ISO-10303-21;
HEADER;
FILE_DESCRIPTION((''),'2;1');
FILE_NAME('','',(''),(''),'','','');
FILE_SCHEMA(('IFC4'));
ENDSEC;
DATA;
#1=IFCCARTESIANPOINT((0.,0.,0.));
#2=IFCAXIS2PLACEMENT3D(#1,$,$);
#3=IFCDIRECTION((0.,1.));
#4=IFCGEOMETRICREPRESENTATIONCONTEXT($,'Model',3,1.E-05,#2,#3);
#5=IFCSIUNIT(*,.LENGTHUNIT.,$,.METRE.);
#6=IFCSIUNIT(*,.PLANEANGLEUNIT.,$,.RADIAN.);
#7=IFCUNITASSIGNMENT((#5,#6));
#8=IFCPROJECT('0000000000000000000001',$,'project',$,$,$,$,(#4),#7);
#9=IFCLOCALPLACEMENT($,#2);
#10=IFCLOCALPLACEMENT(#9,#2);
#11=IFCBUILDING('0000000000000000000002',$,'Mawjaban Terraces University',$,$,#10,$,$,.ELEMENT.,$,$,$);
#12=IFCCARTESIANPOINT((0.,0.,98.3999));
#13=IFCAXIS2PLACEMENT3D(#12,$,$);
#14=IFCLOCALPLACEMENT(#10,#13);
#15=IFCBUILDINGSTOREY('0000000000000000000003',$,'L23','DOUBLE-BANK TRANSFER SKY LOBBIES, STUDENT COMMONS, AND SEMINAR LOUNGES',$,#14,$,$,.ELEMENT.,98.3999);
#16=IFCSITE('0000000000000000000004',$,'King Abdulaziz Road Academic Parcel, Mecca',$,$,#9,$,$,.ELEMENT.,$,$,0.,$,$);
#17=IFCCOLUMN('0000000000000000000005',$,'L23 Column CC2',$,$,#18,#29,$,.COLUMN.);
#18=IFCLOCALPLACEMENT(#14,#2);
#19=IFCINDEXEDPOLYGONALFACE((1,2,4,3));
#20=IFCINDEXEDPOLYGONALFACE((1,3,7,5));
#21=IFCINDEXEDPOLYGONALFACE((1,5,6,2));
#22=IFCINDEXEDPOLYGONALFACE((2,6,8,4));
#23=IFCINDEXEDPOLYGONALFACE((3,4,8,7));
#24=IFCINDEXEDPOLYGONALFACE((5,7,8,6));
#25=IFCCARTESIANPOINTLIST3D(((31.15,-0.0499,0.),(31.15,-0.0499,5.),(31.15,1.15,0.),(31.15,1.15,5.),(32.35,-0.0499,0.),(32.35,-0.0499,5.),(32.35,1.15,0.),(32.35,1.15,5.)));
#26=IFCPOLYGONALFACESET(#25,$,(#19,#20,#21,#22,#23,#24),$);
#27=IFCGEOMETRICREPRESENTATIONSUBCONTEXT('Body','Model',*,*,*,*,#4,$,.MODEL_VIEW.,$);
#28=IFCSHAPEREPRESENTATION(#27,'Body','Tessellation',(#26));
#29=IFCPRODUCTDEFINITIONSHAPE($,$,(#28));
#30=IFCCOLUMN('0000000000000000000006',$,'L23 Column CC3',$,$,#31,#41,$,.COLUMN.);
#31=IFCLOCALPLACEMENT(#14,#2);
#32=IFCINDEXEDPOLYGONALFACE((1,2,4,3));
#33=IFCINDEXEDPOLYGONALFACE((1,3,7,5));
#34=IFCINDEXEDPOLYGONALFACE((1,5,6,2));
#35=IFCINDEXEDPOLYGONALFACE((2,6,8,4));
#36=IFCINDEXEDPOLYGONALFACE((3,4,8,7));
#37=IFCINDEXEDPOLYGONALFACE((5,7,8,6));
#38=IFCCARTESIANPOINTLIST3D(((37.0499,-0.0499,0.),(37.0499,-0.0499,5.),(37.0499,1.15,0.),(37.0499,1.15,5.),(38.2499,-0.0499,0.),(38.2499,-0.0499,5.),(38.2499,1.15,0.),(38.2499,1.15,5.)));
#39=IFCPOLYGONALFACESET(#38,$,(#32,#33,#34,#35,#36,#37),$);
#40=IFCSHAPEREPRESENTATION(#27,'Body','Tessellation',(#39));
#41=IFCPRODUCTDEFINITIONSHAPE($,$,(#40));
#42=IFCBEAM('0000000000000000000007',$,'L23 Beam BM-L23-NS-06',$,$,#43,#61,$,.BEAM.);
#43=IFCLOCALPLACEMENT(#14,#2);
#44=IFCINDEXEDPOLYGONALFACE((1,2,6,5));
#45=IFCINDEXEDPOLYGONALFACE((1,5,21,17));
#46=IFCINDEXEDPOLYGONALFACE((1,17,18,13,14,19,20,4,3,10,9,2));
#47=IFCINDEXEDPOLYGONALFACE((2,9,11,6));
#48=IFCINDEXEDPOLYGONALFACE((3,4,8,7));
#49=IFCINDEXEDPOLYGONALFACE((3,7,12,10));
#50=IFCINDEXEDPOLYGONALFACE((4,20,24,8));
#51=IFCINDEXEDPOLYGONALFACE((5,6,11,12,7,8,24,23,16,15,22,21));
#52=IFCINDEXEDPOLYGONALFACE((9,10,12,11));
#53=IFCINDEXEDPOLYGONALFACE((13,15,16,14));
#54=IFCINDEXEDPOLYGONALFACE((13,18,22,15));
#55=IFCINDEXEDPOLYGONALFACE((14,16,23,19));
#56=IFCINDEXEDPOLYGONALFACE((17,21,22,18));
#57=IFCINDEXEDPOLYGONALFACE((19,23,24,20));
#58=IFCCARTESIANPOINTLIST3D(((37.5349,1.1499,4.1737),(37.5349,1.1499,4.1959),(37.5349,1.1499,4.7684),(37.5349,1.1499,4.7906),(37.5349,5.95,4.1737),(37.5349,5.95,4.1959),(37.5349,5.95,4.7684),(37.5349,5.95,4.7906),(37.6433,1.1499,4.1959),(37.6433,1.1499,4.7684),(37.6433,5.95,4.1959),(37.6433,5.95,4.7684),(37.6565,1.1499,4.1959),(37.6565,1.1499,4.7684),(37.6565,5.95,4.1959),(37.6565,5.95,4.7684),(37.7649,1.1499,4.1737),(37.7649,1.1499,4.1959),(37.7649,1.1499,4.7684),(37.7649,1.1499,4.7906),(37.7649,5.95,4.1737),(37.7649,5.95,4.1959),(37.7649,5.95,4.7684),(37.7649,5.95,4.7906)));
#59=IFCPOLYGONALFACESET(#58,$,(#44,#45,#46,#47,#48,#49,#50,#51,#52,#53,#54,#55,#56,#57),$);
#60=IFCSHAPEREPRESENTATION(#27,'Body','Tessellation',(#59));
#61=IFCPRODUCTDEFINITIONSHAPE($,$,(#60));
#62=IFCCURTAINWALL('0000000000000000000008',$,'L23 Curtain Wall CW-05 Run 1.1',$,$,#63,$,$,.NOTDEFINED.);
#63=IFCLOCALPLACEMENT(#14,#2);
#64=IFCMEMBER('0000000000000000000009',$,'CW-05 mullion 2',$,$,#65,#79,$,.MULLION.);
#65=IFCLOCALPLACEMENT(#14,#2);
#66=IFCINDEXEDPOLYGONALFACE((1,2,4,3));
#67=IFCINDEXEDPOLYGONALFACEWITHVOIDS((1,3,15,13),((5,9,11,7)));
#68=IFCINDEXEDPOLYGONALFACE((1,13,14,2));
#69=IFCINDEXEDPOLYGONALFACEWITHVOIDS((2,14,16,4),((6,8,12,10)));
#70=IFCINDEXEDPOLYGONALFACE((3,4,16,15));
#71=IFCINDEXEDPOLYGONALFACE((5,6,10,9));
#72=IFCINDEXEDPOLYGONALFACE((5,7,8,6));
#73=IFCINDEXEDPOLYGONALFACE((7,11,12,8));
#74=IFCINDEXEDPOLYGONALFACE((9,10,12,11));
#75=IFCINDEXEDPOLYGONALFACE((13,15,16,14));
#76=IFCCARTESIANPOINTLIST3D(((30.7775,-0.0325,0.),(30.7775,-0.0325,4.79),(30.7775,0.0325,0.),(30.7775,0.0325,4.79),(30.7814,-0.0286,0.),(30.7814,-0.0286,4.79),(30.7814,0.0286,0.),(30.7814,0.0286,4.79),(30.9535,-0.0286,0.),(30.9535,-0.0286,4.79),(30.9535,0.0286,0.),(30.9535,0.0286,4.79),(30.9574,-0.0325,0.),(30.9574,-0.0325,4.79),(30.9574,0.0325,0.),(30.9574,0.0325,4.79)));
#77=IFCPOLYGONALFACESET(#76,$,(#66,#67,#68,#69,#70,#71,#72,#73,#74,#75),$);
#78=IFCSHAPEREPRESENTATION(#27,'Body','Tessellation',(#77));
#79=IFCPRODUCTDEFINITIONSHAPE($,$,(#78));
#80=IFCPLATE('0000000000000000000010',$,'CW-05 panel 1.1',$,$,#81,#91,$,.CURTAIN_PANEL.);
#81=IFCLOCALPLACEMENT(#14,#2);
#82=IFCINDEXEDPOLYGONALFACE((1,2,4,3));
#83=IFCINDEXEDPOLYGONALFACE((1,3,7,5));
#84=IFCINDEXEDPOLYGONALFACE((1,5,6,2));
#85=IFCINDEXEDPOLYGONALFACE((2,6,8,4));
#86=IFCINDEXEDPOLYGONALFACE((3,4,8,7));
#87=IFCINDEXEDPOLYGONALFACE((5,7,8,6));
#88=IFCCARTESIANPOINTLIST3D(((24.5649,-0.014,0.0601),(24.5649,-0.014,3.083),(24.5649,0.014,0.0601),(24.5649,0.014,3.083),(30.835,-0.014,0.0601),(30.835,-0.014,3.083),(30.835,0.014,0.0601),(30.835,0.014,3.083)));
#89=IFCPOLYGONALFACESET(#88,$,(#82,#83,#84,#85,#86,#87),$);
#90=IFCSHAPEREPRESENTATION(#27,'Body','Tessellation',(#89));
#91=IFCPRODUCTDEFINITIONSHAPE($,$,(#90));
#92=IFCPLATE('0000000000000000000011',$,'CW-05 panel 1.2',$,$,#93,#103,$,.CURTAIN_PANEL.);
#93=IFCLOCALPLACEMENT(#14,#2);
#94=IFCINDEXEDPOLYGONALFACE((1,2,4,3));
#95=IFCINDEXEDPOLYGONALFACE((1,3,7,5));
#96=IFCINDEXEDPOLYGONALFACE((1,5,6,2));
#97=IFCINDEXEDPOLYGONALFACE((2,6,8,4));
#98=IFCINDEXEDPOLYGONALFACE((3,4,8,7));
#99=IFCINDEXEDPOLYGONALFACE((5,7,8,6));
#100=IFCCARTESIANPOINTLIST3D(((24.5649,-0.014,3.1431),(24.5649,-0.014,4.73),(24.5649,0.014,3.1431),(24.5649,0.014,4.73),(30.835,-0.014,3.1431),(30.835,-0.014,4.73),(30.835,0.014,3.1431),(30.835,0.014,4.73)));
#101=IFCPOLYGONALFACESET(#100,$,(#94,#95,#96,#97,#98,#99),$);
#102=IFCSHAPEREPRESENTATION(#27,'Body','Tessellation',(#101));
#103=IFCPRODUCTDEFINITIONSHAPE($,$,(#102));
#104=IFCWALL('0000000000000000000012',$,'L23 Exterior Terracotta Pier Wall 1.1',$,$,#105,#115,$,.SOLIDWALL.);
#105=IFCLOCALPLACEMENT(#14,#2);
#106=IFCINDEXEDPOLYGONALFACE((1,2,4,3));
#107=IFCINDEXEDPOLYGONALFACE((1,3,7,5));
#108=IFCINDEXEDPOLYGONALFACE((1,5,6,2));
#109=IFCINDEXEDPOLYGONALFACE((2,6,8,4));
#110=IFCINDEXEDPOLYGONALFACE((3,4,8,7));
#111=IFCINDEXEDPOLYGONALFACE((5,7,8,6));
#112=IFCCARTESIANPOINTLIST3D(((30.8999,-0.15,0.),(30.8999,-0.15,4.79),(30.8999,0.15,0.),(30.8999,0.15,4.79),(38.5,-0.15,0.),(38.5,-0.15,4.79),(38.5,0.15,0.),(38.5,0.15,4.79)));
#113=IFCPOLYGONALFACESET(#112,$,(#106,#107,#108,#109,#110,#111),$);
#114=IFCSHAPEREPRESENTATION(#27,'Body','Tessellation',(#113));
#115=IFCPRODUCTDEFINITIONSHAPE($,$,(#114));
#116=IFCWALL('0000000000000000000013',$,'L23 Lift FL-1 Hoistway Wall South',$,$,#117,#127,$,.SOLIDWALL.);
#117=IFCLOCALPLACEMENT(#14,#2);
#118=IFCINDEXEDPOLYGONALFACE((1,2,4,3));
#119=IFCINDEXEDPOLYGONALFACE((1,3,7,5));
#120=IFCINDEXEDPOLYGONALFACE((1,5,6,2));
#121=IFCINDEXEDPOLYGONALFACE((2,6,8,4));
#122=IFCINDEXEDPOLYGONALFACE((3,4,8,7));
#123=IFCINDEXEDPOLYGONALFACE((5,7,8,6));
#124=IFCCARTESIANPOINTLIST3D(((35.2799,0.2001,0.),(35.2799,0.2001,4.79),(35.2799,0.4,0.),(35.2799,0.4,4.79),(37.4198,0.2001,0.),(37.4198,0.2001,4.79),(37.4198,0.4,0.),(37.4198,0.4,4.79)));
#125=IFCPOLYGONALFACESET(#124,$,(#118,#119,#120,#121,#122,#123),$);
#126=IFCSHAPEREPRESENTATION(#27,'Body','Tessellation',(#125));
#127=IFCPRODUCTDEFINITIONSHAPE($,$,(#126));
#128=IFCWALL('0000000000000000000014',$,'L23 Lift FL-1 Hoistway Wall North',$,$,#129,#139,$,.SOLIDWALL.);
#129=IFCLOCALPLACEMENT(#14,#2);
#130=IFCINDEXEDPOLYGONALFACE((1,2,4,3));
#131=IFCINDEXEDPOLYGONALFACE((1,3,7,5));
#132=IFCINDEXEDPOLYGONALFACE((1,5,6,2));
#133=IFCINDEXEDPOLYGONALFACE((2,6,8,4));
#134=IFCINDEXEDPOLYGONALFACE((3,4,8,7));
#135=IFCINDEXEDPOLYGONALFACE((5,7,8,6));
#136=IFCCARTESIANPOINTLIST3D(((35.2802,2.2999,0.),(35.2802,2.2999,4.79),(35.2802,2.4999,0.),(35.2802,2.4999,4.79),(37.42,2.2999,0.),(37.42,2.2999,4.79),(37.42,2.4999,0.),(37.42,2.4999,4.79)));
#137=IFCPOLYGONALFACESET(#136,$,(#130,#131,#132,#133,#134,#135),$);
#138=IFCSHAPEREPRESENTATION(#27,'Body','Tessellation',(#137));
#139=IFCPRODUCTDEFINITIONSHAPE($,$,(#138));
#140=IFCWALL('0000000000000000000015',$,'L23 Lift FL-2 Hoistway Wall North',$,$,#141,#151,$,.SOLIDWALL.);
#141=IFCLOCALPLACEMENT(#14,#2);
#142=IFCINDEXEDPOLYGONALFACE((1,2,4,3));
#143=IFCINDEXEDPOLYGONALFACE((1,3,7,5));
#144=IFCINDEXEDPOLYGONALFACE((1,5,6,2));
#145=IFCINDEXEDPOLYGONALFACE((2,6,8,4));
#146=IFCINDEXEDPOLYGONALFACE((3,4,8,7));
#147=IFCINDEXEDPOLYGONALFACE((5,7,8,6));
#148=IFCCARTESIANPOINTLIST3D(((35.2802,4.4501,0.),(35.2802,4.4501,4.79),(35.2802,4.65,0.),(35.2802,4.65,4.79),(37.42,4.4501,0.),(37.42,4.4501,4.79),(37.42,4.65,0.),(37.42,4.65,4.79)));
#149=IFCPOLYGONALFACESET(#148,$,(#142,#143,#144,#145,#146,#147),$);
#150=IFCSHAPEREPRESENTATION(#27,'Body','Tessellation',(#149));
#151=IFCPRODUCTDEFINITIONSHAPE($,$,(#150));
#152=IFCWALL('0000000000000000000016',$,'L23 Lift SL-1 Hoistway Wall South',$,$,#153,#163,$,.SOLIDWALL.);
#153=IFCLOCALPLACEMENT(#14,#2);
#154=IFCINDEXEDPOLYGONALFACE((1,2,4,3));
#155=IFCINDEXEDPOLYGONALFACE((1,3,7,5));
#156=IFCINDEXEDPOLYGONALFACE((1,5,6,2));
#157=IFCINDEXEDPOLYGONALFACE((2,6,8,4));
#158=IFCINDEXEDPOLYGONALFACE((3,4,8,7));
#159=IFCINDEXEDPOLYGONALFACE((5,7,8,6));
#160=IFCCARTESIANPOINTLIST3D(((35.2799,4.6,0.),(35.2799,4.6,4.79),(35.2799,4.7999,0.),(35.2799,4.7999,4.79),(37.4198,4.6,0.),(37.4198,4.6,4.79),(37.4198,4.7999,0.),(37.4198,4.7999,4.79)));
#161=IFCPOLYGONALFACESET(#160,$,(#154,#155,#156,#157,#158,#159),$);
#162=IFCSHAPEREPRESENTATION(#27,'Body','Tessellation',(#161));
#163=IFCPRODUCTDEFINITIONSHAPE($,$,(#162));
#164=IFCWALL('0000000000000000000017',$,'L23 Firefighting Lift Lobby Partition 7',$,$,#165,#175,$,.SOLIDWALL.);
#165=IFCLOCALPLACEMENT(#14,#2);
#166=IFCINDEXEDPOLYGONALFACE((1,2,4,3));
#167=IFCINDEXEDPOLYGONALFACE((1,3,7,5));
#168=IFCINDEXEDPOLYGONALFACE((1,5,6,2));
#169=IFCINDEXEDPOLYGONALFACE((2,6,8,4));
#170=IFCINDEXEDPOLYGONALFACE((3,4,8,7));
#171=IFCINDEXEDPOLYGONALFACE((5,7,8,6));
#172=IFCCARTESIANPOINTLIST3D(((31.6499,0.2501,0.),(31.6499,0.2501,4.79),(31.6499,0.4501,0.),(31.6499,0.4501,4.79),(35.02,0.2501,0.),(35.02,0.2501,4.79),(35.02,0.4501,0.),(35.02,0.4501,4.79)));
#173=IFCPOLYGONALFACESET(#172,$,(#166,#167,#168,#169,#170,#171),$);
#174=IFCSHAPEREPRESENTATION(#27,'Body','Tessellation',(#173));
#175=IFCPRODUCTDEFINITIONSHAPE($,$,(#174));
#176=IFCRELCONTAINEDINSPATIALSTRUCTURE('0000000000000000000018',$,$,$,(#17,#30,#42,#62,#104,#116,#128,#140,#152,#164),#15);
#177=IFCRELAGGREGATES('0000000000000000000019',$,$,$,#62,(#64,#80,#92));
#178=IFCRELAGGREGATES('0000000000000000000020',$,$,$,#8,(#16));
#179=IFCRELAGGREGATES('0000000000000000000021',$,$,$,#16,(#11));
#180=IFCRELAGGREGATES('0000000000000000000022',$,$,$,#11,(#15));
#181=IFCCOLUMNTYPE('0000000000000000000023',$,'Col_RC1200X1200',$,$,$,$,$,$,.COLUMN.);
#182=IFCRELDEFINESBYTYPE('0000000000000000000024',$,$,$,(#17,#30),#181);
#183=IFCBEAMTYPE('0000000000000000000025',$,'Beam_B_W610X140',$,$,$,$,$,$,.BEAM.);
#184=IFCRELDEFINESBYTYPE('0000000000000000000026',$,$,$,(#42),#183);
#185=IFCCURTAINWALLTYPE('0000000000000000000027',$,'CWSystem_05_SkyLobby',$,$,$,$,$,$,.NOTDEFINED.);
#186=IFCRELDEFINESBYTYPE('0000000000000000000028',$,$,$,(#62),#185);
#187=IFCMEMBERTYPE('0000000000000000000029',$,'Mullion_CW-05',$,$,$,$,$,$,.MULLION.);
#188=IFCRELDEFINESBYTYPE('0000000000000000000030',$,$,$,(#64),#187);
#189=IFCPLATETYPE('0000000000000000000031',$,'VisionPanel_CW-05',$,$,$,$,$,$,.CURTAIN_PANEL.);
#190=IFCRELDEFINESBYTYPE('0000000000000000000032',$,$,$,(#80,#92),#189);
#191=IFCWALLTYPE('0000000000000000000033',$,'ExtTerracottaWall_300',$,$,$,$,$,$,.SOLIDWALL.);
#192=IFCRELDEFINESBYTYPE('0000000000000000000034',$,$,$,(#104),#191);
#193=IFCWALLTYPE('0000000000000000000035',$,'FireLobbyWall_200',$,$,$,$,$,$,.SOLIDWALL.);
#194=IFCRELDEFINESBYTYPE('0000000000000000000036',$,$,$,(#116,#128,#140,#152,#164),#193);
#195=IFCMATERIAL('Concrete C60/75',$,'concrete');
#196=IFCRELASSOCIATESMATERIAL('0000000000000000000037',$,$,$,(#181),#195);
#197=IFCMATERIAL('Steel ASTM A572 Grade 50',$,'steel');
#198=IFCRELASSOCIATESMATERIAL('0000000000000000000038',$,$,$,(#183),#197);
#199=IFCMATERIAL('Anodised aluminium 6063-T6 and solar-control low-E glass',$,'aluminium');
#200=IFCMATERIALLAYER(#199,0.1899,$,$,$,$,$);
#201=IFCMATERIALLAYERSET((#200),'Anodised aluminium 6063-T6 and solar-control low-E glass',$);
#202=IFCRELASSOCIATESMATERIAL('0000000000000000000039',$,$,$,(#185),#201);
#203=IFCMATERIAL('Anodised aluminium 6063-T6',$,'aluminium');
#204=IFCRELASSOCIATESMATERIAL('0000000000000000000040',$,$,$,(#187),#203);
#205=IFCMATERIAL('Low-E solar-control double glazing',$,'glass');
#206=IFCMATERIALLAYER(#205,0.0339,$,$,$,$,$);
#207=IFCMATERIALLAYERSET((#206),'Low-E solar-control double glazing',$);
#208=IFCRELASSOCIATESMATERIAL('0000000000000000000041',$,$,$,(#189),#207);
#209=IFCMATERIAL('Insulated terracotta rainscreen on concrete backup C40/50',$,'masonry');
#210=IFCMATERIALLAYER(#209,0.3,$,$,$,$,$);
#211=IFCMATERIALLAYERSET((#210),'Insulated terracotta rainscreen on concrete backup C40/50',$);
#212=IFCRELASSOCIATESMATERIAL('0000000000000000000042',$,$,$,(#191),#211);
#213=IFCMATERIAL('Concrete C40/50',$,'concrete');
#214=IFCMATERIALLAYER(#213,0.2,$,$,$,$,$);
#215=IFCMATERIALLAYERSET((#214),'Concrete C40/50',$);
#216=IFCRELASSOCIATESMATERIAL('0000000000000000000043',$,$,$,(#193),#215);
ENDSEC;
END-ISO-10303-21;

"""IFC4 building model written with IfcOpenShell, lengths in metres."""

from ifc_helpers import new_model, si_unit, direction, frame, frame_2d, origin, origin_2d, place, context, subcontext, project, spatial, rectangle, hollow_rectangle, i_section, extrude, material, layer, layer_set, material_profile, profile_set, type_object, element, aggregate, save


model = new_model("IFC4")

# Units and contexts
model_context = context("Model", 3, precision=1e-05, world=origin(), true_north=direction((0.0, 1.0)))
body_context = subcontext(model_context, "Body", "Model", "MODEL_VIEW")
ifc_project = project(units=[si_unit("LENGTHUNIT", "METRE"), si_unit("PLANEANGLEUNIT", "RADIAN")], contexts=[model_context])

# Site, building, storey
site_placement = place(None, origin())
site = spatial("IfcSite", under=ifc_project, at=site_placement, Name="King Abdulaziz Road Academic Parcel, Mecca", CompositionType="ELEMENT", RefElevation=0.0)
building_placement = place(site_placement, origin())
building = spatial("IfcBuilding", under=site, at=building_placement, Name="Mawjaban Terraces University", CompositionType="ELEMENT")
storey_placement = place(building_placement, frame((0.0, 0.0, 98.3999)))
storey = spatial("IfcBuildingStorey", under=building, at=storey_placement, Name="L23", Description="DOUBLE-BANK TRANSFER SKY LOBBIES, STUDENT COMMONS, AND SEMINAR LOUNGES", CompositionType="ELEMENT", Elevation=98.3999)

# Columns
ifc_material_1 = material(Name="Concrete C60/75", Category="concrete")
ifc_material_profile_1 = material_profile(ifc_material_1, rectangle(XDim=1.2, YDim=1.2, at=origin_2d()), Name="RC1200X1200")
ifc_profile_set_1 = profile_set([ifc_material_profile_1], Name="Concrete C60/75")
column_type = type_object("IfcColumnType", Name="Col_RC1200X1200", PredefinedType="COLUMN", material=ifc_profile_set_1)
for number, where, z_axis, x_axis, name in (
    (1, (31.75, 0.55, 0.0), (0.0, 0.0, 1.0), (1.0, 0.0, 0.0), "L23 Column CC2"),
    (2, (37.6499, 0.55, 0.0), (0.0, 0.0, 1.0), (1.0, 0.0, 0.0), "L23 Column CC3"),
):
    element("IfcColumn", number, at=place(storey_placement, frame(where, z_axis=z_axis, x_axis=x_axis)), inside=storey, type_object=column_type, Name=name, PredefinedType="COLUMN", context=body_context, shape_type="SweptSolid", body=[
        extrude(rectangle(XDim=1.2, YDim=1.2, at=origin_2d()), origin(), (0.0, 0.0, 1.0), 5.0),
    ])

# Beam
ifc_material_2 = material(Name="Steel ASTM A572 Grade 50", Category="steel")
ifc_material_profile_2 = material_profile(ifc_material_2, i_section(OverallWidth=0.23, OverallDepth=0.6169, WebThickness=0.0132, FlangeThickness=0.0222, at=origin_2d()), Name="W610X140")
ifc_profile_set_2 = profile_set([ifc_material_profile_2], Name="Steel ASTM A572 Grade 50")
beam_type = type_object("IfcBeamType", Name="Beam_B_W610X140", PredefinedType="BEAM", material=ifc_profile_set_2)
beam_placement = place(storey_placement, frame((37.6499, 1.1499, 4.4822), z_axis=(0.0, 1.0, 0.0), x_axis=(-1.0, 0.0, 0.0)))
element("IfcBeam", 3, at=beam_placement, inside=storey, type_object=beam_type, Name="L23 Beam BM-L23-NS-06", PredefinedType="BEAM", context=body_context, shape_type="SweptSolid", body=[
    extrude(i_section(OverallWidth=0.23, OverallDepth=0.6169, WebThickness=0.0132, FlangeThickness=0.0222, at=origin_2d()), origin(), (0.0, 0.0, 1.0), 4.8),
])

# Curtain wall, member, plates
ifc_material_3 = material(Name="Anodised aluminium 6063-T6 and solar-control low-E glass", Category="aluminium")
ifc_layer_1 = layer(ifc_material_3, 0.1899)
ifc_layer_set_1 = layer_set([ifc_layer_1], Name="Anodised aluminium 6063-T6 and solar-control low-E glass")
curtain_wall_type = type_object("IfcCurtainWallType", Name="CWSystem_05_SkyLobby", PredefinedType="NOTDEFINED", material=ifc_layer_set_1)
curtain_wall_placement = place(storey_placement, origin())
curtain_wall = element("IfcCurtainWall", 4, at=curtain_wall_placement, inside=storey, type_object=curtain_wall_type, Name="L23 Curtain Wall CW-05 Run 1.1", PredefinedType="NOTDEFINED")
ifc_material_4 = material(Name="Anodised aluminium 6063-T6", Category="aluminium")
ifc_material_profile_3 = material_profile(ifc_material_4, hollow_rectangle(XDim=0.0649, YDim=0.1799, WallThickness=0.0039, at=origin_2d()), Name="ALU180X65X4")
ifc_profile_set_3 = profile_set([ifc_material_profile_3], Name="Anodised aluminium 6063-T6")
member_type = type_object("IfcMemberType", Name="Mullion_CW-05", PredefinedType="MULLION", material=ifc_profile_set_3)
member_placement = place(storey_placement, frame((30.8674, 0.0, 0.0), z_axis=(0.0, 0.0, 1.0), x_axis=(0.0, 1.0, 0.0)))
member = element("IfcMember", 5, at=member_placement, type_object=member_type, Name="CW-05 mullion 2", PredefinedType="MULLION", context=body_context, shape_type="SweptSolid", body=[
    extrude(hollow_rectangle(XDim=0.0649, YDim=0.1799, WallThickness=0.0039, at=origin_2d()), origin(), (0.0, 0.0, 1.0), 4.79),
])
ifc_material_5 = material(Name="Low-E solar-control double glazing", Category="glass")
ifc_layer_2 = layer(ifc_material_5, 0.0339)
ifc_layer_set_2 = layer_set([ifc_layer_2], Name="Low-E solar-control double glazing")
plate_type = type_object("IfcPlateType", Name="VisionPanel_CW-05", PredefinedType="CURTAIN_PANEL", material=ifc_layer_set_2)
plate_1_placement = place(storey_placement, frame((27.7, 0.0, 0.0601), z_axis=(0.0, 0.0, 1.0), x_axis=(1.0, 0.0, 0.0)))
plate_1 = element("IfcPlate", 6, at=plate_1_placement, type_object=plate_type, Name="CW-05 panel 1.1", PredefinedType="CURTAIN_PANEL", context=body_context, shape_type="SweptSolid", body=[
    extrude(rectangle(XDim=6.27, YDim=0.0281, at=origin_2d()), origin(), (0.0, 0.0, 1.0), 3.0229),
])
plate_2_placement = place(storey_placement, frame((27.7, 0.0, 3.1431), z_axis=(0.0, 0.0, 1.0), x_axis=(1.0, 0.0, 0.0)))
plate_2 = element("IfcPlate", 7, at=plate_2_placement, type_object=plate_type, Name="CW-05 panel 1.2", PredefinedType="CURTAIN_PANEL", context=body_context, shape_type="SweptSolid", body=[
    extrude(rectangle(XDim=6.27, YDim=0.0281, at=origin_2d()), origin(), (0.0, 0.0, 1.0), 1.5869),
])
aggregate(curtain_wall, [member, plate_1, plate_2])

# Wall
ifc_material_6 = material(Name="Insulated terracotta rainscreen on concrete backup C40/50", Category="masonry")
ifc_layer_3 = layer(ifc_material_6, 0.3)
ifc_layer_set_3 = layer_set([ifc_layer_3], Name="Insulated terracotta rainscreen on concrete backup C40/50")
wall_type_1 = type_object("IfcWallType", Name="ExtTerracottaWall_300", PredefinedType="SOLIDWALL", material=ifc_layer_set_3)
wall_1_placement = place(storey_placement, frame((30.8999, 0.0, 0.0), z_axis=(0.0, 0.0, 1.0), x_axis=(1.0, 0.0, 0.0)))
element("IfcWall", 8, at=wall_1_placement, inside=storey, type_object=wall_type_1, Name="L23 Exterior Terracotta Pier Wall 1.1", PredefinedType="SOLIDWALL", context=body_context, shape_type="SweptSolid", body=[
    extrude(rectangle(XDim=7.6001, YDim=0.3, at=frame_2d((3.8, 0.0))), origin(), (0.0, 0.0, 1.0), 4.79),
])

# Shared definitions
ifc_material_7 = material(Name="Concrete C40/50", Category="concrete")
ifc_layer_4 = layer(ifc_material_7, 0.2)
ifc_layer_set_4 = layer_set([ifc_layer_4], Name="Concrete C40/50")
wall_type_2 = type_object("IfcWallType", Name="FireLobbyWall_200", PredefinedType="SOLIDWALL", material=ifc_layer_set_4)

# Walls
for number, where, z_axis, x_axis, name in (
    (9, (35.28, 0.3, 0.0), (0.0, 0.0, 1.0), (1.0, 0.0, 0.0), "L23 Lift FL-1 Hoistway Wall South"),
    (10, (37.4199, 2.3999, 0.0), (0.0, 0.0, 1.0), (-1.0, 0.0, 0.0), "L23 Lift FL-1 Hoistway Wall North"),
):
    element("IfcWall", number, at=place(storey_placement, frame(where, z_axis=z_axis, x_axis=x_axis)), inside=storey, type_object=wall_type_2, Name=name, PredefinedType="SOLIDWALL", context=body_context, shape_type="SweptSolid", body=[
        extrude(rectangle(XDim=2.1399, YDim=0.2, at=frame_2d((1.0698, 0.0))), origin(), (0.0, 0.0, 1.0), 4.79),
    ])

# Walls
for number, where, z_axis, x_axis, name in (
    (11, (37.4199, 4.55, 0.0), (0.0, 0.0, 1.0), (-1.0, 0.0, 0.0), "L23 Lift FL-2 Hoistway Wall North"),
    (12, (35.28, 4.7, 0.0), (0.0, 0.0, 1.0), (1.0, 0.0, 0.0), "L23 Lift SL-1 Hoistway Wall South"),
):
    element("IfcWall", number, at=place(storey_placement, frame(where, z_axis=z_axis, x_axis=x_axis)), inside=storey, type_object=wall_type_2, Name=name, PredefinedType="SOLIDWALL", context=body_context, shape_type="SweptSolid", body=[
        extrude(rectangle(XDim=2.1399, YDim=0.2, at=frame_2d((1.0698, 0.0))), origin(), (0.0, 0.0, 1.0), 4.79),
    ])
wall_2_placement = place(storey_placement, frame((31.6499, 0.3501, 0.0), z_axis=(0.0, 0.0, 1.0), x_axis=(1.0, 0.0, 0.0)))
element("IfcWall", 13, at=wall_2_placement, inside=storey, type_object=wall_type_2, Name="L23 Firefighting Lift Lobby Partition 7", PredefinedType="SOLIDWALL", context=body_context, shape_type="SweptSolid", body=[
    extrude(rectangle(XDim=3.3701, YDim=0.2, at=frame_2d((1.6851, 0.0))), origin(), (0.0, 0.0, 1.0), 4.79),
])

save(model, "model.ifc")
